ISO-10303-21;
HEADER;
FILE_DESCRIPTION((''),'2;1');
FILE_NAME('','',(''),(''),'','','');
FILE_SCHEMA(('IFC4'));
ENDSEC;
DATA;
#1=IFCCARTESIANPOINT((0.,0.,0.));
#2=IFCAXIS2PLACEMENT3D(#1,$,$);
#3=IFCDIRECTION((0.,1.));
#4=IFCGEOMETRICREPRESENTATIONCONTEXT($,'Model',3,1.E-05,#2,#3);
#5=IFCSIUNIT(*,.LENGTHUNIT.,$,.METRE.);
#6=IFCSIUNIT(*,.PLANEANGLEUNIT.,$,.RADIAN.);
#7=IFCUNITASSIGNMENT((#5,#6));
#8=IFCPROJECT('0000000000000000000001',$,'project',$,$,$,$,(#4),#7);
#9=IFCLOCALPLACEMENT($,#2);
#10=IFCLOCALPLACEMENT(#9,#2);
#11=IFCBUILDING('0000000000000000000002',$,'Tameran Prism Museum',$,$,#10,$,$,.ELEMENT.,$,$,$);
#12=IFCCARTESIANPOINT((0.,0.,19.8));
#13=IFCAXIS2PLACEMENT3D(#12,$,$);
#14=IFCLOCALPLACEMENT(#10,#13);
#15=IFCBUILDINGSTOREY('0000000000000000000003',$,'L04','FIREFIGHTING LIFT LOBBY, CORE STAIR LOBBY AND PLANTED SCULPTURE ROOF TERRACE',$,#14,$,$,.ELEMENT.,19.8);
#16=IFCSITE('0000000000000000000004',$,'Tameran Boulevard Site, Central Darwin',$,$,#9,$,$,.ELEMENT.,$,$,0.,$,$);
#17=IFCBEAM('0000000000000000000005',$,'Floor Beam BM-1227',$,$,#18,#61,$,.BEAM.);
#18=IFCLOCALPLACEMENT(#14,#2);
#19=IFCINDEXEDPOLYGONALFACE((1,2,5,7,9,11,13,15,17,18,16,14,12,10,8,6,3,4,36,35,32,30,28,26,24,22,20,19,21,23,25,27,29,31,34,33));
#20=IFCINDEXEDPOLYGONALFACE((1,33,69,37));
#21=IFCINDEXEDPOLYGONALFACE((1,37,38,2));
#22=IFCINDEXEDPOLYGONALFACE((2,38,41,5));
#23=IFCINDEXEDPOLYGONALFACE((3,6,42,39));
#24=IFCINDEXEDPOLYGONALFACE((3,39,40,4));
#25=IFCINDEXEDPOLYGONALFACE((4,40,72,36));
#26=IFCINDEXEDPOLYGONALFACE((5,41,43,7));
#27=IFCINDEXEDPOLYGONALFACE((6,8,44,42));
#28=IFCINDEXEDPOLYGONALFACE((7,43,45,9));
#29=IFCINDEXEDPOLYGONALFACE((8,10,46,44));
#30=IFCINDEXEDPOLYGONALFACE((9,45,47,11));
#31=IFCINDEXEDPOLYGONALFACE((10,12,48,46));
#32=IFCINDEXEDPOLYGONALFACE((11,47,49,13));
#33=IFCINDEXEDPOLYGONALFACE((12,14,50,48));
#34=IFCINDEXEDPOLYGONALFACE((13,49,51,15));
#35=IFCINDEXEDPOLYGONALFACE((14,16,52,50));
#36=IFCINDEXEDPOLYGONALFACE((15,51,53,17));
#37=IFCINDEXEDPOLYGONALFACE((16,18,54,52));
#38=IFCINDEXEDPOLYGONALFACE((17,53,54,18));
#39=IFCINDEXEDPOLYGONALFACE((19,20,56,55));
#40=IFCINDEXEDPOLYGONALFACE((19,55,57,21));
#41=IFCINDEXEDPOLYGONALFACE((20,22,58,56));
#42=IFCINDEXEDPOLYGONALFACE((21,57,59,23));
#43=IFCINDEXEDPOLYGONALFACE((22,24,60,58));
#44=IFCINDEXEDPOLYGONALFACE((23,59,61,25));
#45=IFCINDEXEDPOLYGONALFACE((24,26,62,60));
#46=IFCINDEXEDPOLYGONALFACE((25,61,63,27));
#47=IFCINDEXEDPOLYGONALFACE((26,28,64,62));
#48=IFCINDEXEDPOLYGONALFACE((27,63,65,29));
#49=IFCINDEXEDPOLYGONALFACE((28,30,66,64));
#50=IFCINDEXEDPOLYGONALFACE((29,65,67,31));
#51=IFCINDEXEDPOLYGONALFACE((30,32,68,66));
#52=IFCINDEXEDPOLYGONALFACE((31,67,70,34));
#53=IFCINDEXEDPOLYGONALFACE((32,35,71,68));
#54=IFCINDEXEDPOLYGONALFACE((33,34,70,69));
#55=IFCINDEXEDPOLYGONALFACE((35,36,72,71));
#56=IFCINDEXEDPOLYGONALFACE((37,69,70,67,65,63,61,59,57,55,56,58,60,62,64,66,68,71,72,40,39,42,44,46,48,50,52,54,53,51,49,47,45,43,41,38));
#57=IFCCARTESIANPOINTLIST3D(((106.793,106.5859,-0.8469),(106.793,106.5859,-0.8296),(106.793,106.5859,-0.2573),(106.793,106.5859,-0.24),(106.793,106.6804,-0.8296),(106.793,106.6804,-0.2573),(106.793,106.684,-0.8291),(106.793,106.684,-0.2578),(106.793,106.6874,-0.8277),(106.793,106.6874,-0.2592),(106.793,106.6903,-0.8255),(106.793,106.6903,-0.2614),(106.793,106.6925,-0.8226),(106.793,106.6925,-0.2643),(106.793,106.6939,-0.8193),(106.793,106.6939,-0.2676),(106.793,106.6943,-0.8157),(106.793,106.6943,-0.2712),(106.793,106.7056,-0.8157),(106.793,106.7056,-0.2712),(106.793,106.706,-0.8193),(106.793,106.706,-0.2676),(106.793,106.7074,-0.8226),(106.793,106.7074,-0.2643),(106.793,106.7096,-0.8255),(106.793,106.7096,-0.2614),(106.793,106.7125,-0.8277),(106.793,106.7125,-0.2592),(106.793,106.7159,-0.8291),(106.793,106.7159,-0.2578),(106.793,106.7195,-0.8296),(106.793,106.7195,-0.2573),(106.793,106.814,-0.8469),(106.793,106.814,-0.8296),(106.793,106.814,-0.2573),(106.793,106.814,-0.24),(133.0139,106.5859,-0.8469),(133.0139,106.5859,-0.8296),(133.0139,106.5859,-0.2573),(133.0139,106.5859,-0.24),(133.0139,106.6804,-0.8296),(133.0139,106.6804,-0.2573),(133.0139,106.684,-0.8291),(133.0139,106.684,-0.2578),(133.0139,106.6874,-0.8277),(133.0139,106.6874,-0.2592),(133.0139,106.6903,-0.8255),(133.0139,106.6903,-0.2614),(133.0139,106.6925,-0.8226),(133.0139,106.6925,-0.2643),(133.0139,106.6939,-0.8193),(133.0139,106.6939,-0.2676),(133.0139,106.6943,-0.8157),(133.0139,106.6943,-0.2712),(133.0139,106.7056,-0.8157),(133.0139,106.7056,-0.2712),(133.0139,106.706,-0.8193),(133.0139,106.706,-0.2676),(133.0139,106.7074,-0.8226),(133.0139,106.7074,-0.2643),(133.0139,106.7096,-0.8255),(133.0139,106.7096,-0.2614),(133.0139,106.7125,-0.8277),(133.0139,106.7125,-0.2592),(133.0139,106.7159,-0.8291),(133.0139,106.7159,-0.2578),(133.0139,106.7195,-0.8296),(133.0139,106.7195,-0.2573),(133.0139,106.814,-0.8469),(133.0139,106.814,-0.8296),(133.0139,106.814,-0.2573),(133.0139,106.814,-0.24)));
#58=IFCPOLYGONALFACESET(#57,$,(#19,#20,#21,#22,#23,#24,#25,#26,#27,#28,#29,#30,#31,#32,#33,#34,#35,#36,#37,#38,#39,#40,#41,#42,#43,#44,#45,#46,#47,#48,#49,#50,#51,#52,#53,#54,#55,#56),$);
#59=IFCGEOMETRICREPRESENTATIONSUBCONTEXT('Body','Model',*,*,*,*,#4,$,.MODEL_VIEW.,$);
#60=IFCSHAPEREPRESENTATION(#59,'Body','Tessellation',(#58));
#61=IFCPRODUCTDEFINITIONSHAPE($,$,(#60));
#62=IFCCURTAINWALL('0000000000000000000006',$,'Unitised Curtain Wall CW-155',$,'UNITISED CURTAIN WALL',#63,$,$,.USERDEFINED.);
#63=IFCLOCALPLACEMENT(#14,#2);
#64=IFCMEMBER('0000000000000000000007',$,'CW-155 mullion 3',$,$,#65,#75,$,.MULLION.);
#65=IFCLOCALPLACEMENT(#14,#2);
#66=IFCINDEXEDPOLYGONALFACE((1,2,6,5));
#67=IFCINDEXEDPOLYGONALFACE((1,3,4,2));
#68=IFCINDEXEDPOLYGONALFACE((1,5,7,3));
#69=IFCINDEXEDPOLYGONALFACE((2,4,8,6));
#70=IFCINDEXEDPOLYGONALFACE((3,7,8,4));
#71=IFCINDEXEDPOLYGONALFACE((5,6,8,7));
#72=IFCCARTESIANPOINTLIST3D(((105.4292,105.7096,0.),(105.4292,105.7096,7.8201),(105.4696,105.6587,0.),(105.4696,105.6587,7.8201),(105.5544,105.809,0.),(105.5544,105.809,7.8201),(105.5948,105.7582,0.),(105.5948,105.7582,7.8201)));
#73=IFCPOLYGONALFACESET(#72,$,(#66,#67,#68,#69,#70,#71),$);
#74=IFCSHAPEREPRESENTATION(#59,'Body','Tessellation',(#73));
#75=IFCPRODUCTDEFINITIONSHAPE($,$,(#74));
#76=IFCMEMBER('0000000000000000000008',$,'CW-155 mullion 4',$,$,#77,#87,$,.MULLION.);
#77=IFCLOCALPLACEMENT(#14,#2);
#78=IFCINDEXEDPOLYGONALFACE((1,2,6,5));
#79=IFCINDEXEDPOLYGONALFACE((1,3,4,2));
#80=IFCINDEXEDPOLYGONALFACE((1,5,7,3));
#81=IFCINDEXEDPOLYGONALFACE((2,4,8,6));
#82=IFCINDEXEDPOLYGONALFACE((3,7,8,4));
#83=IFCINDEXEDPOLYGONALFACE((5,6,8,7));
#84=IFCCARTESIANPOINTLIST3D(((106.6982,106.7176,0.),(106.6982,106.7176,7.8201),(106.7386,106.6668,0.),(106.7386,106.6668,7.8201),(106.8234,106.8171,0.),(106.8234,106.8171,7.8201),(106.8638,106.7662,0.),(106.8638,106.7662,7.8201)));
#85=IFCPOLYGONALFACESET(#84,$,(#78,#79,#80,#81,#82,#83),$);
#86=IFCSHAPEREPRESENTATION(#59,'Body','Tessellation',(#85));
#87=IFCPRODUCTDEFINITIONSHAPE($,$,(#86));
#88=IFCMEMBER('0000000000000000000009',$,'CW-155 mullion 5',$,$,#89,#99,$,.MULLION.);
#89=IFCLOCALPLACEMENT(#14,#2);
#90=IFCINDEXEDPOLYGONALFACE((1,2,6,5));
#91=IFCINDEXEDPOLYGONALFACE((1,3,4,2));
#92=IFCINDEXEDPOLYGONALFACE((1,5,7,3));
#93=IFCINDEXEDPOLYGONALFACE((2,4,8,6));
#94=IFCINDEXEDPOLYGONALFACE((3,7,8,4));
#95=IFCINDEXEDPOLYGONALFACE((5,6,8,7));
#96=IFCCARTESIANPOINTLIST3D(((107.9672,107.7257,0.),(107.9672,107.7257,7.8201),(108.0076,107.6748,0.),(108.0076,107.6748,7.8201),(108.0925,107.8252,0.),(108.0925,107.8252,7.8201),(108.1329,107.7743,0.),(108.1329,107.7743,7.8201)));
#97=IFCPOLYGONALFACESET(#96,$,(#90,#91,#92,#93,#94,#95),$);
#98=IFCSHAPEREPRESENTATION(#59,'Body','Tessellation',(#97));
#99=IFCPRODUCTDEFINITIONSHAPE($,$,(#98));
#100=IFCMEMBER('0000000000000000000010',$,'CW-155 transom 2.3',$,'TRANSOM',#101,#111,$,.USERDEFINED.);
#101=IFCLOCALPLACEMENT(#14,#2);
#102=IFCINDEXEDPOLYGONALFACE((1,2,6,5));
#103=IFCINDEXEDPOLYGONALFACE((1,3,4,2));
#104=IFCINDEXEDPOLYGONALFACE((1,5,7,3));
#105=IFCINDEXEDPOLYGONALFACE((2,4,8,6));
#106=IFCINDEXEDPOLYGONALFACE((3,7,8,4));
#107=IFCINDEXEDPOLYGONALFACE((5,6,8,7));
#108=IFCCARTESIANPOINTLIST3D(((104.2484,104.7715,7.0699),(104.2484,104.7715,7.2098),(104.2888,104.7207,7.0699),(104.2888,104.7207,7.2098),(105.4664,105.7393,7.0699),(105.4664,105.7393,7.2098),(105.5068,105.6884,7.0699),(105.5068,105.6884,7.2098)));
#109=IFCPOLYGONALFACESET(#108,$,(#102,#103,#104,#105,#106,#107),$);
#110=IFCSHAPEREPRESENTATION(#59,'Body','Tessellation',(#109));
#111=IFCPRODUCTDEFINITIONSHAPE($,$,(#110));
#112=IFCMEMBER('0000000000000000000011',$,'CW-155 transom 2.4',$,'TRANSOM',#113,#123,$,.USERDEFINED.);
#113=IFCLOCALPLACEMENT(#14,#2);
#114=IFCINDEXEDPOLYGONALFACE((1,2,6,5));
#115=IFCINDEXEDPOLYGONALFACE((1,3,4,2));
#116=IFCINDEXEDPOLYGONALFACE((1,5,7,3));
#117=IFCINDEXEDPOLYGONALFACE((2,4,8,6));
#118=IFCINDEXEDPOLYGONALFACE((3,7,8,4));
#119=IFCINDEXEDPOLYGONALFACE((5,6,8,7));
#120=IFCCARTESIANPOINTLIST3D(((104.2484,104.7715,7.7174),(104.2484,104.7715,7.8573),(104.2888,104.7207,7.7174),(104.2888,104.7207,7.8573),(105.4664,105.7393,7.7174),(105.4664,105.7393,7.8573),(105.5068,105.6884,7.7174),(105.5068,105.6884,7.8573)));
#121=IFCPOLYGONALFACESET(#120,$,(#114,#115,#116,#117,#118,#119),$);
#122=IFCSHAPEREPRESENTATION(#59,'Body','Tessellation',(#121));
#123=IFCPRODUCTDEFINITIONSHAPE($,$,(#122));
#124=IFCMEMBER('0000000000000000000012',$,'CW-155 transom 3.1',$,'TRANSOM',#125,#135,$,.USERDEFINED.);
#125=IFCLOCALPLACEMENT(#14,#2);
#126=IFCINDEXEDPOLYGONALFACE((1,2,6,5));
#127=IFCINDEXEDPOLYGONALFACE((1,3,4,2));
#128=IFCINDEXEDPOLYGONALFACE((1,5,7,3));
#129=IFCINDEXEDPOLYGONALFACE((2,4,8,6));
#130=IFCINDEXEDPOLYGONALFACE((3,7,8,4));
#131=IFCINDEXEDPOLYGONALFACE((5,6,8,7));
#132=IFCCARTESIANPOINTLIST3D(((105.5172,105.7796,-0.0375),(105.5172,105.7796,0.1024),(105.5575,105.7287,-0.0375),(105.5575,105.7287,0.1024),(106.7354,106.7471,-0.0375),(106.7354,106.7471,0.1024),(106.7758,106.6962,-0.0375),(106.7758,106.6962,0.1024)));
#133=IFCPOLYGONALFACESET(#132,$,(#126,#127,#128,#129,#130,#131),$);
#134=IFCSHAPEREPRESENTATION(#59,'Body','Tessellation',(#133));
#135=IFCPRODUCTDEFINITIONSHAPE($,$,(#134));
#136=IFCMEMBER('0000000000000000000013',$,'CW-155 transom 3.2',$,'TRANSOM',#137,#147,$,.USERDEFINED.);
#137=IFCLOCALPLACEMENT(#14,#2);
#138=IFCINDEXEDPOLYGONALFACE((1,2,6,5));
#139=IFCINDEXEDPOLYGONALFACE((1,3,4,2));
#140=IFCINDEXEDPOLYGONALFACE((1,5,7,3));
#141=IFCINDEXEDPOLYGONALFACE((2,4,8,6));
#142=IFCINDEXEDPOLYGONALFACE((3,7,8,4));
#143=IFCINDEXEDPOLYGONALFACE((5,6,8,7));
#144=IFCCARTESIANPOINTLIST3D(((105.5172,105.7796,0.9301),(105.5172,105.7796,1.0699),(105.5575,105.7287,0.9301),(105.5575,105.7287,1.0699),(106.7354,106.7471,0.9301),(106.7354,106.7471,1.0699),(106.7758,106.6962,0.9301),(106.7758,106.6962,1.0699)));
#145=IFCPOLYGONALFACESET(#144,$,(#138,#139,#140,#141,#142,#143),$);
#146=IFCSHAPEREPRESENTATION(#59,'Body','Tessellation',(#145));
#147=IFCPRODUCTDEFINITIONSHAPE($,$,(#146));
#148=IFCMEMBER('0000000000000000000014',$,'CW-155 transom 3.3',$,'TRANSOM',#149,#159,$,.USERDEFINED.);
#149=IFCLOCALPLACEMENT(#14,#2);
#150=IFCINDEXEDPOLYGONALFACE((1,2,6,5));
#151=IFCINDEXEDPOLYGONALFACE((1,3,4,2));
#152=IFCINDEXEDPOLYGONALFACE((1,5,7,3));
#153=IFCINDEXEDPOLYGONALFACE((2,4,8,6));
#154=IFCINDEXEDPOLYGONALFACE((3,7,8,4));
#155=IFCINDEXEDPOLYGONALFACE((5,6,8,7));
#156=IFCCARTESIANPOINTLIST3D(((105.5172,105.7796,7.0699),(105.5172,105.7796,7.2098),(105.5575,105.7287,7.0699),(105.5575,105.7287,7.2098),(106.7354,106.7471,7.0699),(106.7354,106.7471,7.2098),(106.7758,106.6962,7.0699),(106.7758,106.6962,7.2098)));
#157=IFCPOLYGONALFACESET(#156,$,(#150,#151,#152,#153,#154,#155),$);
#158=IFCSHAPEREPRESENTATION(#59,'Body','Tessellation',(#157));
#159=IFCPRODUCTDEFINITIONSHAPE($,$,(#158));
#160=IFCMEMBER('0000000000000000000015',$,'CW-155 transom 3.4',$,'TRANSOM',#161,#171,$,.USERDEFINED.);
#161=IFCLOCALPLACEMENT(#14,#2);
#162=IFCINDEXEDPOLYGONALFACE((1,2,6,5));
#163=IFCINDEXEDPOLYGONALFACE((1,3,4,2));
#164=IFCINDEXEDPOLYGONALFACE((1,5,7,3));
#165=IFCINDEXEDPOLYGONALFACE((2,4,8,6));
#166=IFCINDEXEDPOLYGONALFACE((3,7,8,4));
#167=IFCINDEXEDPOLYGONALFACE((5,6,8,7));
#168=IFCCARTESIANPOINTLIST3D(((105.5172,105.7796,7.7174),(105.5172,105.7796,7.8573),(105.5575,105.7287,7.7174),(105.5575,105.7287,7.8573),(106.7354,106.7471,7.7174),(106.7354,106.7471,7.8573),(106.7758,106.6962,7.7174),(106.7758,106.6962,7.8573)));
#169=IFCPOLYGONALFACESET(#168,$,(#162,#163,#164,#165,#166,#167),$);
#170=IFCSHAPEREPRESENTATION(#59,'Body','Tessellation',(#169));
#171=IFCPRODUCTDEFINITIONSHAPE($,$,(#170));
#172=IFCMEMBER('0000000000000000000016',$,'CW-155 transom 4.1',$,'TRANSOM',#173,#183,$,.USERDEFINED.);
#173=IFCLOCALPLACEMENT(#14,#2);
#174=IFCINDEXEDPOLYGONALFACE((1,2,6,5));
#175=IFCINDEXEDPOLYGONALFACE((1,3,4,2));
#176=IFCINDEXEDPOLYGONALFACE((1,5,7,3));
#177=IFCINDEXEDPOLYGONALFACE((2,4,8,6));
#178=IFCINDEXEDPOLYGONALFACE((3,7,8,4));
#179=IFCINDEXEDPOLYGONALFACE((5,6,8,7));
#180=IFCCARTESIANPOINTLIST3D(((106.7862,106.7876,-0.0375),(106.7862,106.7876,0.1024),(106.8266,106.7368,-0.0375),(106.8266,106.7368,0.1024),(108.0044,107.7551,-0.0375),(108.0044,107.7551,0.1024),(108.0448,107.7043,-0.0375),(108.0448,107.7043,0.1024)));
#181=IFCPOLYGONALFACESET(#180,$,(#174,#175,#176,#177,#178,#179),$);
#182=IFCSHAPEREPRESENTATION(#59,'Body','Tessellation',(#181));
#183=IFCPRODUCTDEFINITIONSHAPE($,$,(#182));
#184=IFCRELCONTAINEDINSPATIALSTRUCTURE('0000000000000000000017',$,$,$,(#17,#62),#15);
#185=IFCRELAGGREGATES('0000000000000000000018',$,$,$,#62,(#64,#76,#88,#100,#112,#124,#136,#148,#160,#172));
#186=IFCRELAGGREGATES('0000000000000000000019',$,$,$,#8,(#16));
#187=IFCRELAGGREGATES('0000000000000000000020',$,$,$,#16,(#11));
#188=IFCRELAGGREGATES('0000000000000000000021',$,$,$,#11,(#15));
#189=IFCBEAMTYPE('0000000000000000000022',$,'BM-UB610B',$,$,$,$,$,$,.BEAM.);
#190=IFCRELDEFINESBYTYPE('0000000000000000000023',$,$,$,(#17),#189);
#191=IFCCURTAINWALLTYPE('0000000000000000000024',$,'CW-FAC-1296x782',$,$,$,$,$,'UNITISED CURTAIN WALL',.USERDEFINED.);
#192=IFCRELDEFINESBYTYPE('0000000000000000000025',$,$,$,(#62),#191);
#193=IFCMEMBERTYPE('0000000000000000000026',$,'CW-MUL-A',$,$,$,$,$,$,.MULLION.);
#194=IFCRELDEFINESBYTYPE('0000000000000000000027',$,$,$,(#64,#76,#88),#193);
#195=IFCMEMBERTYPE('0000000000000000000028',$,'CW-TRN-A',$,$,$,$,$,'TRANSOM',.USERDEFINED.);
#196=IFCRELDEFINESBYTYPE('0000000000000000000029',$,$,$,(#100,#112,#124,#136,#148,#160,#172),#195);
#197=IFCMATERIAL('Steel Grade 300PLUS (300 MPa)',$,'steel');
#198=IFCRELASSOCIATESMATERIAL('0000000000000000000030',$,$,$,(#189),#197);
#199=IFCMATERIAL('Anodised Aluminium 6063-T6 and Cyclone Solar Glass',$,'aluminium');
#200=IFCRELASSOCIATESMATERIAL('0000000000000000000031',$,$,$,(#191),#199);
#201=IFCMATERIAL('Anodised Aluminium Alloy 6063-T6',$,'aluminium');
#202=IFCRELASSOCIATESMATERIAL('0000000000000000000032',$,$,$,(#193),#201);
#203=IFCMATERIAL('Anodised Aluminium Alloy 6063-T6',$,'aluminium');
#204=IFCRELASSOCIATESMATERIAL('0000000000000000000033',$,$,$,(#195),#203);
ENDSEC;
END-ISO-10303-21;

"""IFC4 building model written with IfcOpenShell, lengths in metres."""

from ifc_helpers import new_model, si_unit, direction, frame, origin, origin_2d, place, context, subcontext, project, spatial, rectangle, i_section, extrude, material, material_profile, profile_set, type_object, element, aggregate, save


model = new_model("IFC4")

# Units and contexts
model_context = context("Model", 3, precision=1e-05, world=origin(), true_north=direction((0.0, 1.0)))
body_context = subcontext(model_context, "Body", "Model", "MODEL_VIEW")
ifc_project = project(units=[si_unit("LENGTHUNIT", "METRE"), si_unit("PLANEANGLEUNIT", "RADIAN")], contexts=[model_context])

# Site, building, storey
site_placement = place(None, origin())
site = spatial("IfcSite", under=ifc_project, at=site_placement, Name="Tameran Boulevard Site, Central Darwin", CompositionType="ELEMENT", RefElevation=0.0)
building_placement = place(site_placement, origin())
building = spatial("IfcBuilding", under=site, at=building_placement, Name="Tameran Prism Museum", CompositionType="ELEMENT")
storey_placement = place(building_placement, frame((0.0, 0.0, 19.8)))
storey = spatial("IfcBuildingStorey", under=building, at=storey_placement, Name="L04", Description="FIREFIGHTING LIFT LOBBY, CORE STAIR LOBBY AND PLANTED SCULPTURE ROOF TERRACE", CompositionType="ELEMENT", Elevation=19.8)

# Beam
ifc_material_1 = material(Name="Steel Grade 300PLUS (300 MPa)", Category="steel")
ifc_material_profile_1 = material_profile(ifc_material_1, i_section(OverallWidth=0.228, OverallDepth=0.6069, WebThickness=0.0112, FlangeThickness=0.0173, FilletRadius=0.0139, at=origin_2d()))
ifc_profile_set_1 = profile_set([ifc_material_profile_1])
beam_type = type_object("IfcBeamType", Name="BM-UB610B", PredefinedType="BEAM", material=ifc_profile_set_1)
beam_placement = place(storey_placement, frame((106.793, 106.7, -0.5435), z_axis=(1.0, 0.0, 0.0), x_axis=(0.0, 1.0, 0.0)))
element("IfcBeam", 1, at=beam_placement, inside=storey, type_object=beam_type, Name="Floor Beam BM-1227", PredefinedType="BEAM", context=body_context, shape_type="SweptSolid", body=[
    extrude(i_section(OverallWidth=0.228, OverallDepth=0.6069, WebThickness=0.0112, FlangeThickness=0.0173, FilletRadius=0.0139, at=origin_2d()), origin(), (0.0, 0.0, 1.0), 26.2209),
])

# Curtain wall, members
ifc_material_2 = material(Name="Anodised Aluminium 6063-T6 and Cyclone Solar Glass", Category="aluminium")
curtain_wall_type = type_object("IfcCurtainWallType", Name="CW-FAC-1296x782", ElementType="UNITISED CURTAIN WALL", PredefinedType="USERDEFINED", material=ifc_material_2)
curtain_wall_placement = place(storey_placement, origin())
curtain_wall = element("IfcCurtainWall", 2, at=curtain_wall_placement, inside=storey, type_object=curtain_wall_type, Name="Unitised Curtain Wall CW-155", ObjectType="UNITISED CURTAIN WALL", PredefinedType="USERDEFINED")
ifc_material_3 = material(Name="Anodised Aluminium Alloy 6063-T6", Category="aluminium")
ifc_material_profile_2 = material_profile(ifc_material_3, rectangle(XDim=0.0649, YDim=0.1599, at=origin_2d()))
ifc_profile_set_2 = profile_set([ifc_material_profile_2])
member_type_1 = type_object("IfcMemberType", Name="CW-MUL-A", PredefinedType="MULLION", material=ifc_profile_set_2)
member_1_placement = place(storey_placement, frame((105.512, 105.7339, 0.0), z_axis=(0.0, 0.0, 1.0), x_axis=(-0.621982, 0.783031, 0.0)))
member_1 = element("IfcMember", 3, at=member_1_placement, type_object=member_type_1, Name="CW-155 mullion 3", PredefinedType="MULLION", context=body_context, shape_type="SweptSolid", body=[
    extrude(rectangle(XDim=0.0649, YDim=0.1599, at=origin_2d()), origin(), (0.0, 0.0, 1.0), 7.8201),
])
member_2_placement = place(storey_placement, frame((106.781, 106.7419, 0.0), z_axis=(0.0, 0.0, 1.0), x_axis=(-0.621982, 0.783031, 0.0)))
member_2 = element("IfcMember", 4, at=member_2_placement, type_object=member_type_1, Name="CW-155 mullion 4", PredefinedType="MULLION", context=body_context, shape_type="SweptSolid", body=[
    extrude(rectangle(XDim=0.0649, YDim=0.1599, at=origin_2d()), origin(), (0.0, 0.0, 1.0), 7.8201),
])
member_3_placement = place(storey_placement, frame((108.05, 107.75, 0.0), z_axis=(0.0, 0.0, 1.0), x_axis=(-0.621982, 0.783031, 0.0)))
member_3 = element("IfcMember", 5, at=member_3_placement, type_object=member_type_1, Name="CW-155 mullion 5", PredefinedType="MULLION", context=body_context, shape_type="SweptSolid", body=[
    extrude(rectangle(XDim=0.0649, YDim=0.1599, at=origin_2d()), origin(), (0.0, 0.0, 1.0), 7.8201),
])
ifc_material_4 = material(Name="Anodised Aluminium Alloy 6063-T6", Category="aluminium")
ifc_material_profile_3 = material_profile(ifc_material_4, rectangle(XDim=0.0649, YDim=0.1399, at=origin_2d()))
ifc_profile_set_3 = profile_set([ifc_material_profile_3])
member_type_2 = type_object("IfcMemberType", Name="CW-TRN-A", ElementType="TRANSOM", PredefinedType="USERDEFINED", material=ifc_profile_set_3)
member_4_placement = place(storey_placement, frame((104.2686, 104.7461, 7.1399), z_axis=(0.782947, 0.622089, 0.0), x_axis=(-0.622089, 0.782947, 0.0)))
member_4 = element("IfcMember", 6, at=member_4_placement, type_object=member_type_2, Name="CW-155 transom 2.3", ObjectType="TRANSOM", PredefinedType="USERDEFINED", context=body_context, shape_type="SweptSolid", body=[
    extrude(rectangle(XDim=0.0649, YDim=0.1399, at=origin_2d()), origin(), (0.0, 0.0, 1.0), 1.5557),
])
member_5_placement = place(storey_placement, frame((104.2686, 104.7461, 7.7874), z_axis=(0.782947, 0.622089, 0.0), x_axis=(-0.622089, 0.782947, 0.0)))
member_5 = element("IfcMember", 7, at=member_5_placement, type_object=member_type_2, Name="CW-155 transom 2.4", ObjectType="TRANSOM", PredefinedType="USERDEFINED", context=body_context, shape_type="SweptSolid", body=[
    extrude(rectangle(XDim=0.0649, YDim=0.1399, at=origin_2d()), origin(), (0.0, 0.0, 1.0), 1.5557),
])
member_6_placement = place(storey_placement, frame((105.5374, 105.7542, 0.0325), z_axis=(0.783084, 0.621916, 0.0), x_axis=(-0.621916, 0.783084, 0.0)))
member_6 = element("IfcMember", 8, at=member_6_placement, type_object=member_type_2, Name="CW-155 transom 3.1", ObjectType="TRANSOM", PredefinedType="USERDEFINED", context=body_context, shape_type="SweptSolid", body=[
    extrude(rectangle(XDim=0.0649, YDim=0.1399, at=origin_2d()), origin(), (0.0, 0.0, 1.0), 1.5557),
])
member_7_placement = place(storey_placement, frame((105.5374, 105.7542, 1.0), z_axis=(0.783084, 0.621916, 0.0), x_axis=(-0.621916, 0.783084, 0.0)))
member_7 = element("IfcMember", 9, at=member_7_placement, type_object=member_type_2, Name="CW-155 transom 3.2", ObjectType="TRANSOM", PredefinedType="USERDEFINED", context=body_context, shape_type="SweptSolid", body=[
    extrude(rectangle(XDim=0.0649, YDim=0.1399, at=origin_2d()), origin(), (0.0, 0.0, 1.0), 1.5557),
])
member_8_placement = place(storey_placement, frame((105.5374, 105.7542, 7.1399), z_axis=(0.783084, 0.621916, 0.0), x_axis=(-0.621916, 0.783084, 0.0)))
member_8 = element("IfcMember", 10, at=member_8_placement, type_object=member_type_2, Name="CW-155 transom 3.3", ObjectType="TRANSOM", PredefinedType="USERDEFINED", context=body_context, shape_type="SweptSolid", body=[
    extrude(rectangle(XDim=0.0649, YDim=0.1399, at=origin_2d()), origin(), (0.0, 0.0, 1.0), 1.5557),
])
member_9_placement = place(storey_placement, frame((105.5374, 105.7542, 7.7874), z_axis=(0.783084, 0.621916, 0.0), x_axis=(-0.621916, 0.783084, 0.0)))
member_9 = element("IfcMember", 11, at=member_9_placement, type_object=member_type_2, Name="CW-155 transom 3.4", ObjectType="TRANSOM", PredefinedType="USERDEFINED", context=body_context, shape_type="SweptSolid", body=[
    extrude(rectangle(XDim=0.0649, YDim=0.1399, at=origin_2d()), origin(), (0.0, 0.0, 1.0), 1.5557),
])
member_10_placement = place(storey_placement, frame((106.8064, 106.7622, 0.0325), z_axis=(0.783084, 0.621916, 0.0), x_axis=(-0.621916, 0.783084, 0.0)))
member_10 = element("IfcMember", 12, at=member_10_placement, type_object=member_type_2, Name="CW-155 transom 4.1", ObjectType="TRANSOM", PredefinedType="USERDEFINED", context=body_context, shape_type="SweptSolid", body=[
    extrude(rectangle(XDim=0.0649, YDim=0.1399, at=origin_2d()), origin(), (0.0, 0.0, 1.0), 1.5557),
])
aggregate(curtain_wall, [member_1, member_2, member_3, member_4, member_5, member_6, member_7, member_8, member_9, member_10])

save(model, "model.ifc")
